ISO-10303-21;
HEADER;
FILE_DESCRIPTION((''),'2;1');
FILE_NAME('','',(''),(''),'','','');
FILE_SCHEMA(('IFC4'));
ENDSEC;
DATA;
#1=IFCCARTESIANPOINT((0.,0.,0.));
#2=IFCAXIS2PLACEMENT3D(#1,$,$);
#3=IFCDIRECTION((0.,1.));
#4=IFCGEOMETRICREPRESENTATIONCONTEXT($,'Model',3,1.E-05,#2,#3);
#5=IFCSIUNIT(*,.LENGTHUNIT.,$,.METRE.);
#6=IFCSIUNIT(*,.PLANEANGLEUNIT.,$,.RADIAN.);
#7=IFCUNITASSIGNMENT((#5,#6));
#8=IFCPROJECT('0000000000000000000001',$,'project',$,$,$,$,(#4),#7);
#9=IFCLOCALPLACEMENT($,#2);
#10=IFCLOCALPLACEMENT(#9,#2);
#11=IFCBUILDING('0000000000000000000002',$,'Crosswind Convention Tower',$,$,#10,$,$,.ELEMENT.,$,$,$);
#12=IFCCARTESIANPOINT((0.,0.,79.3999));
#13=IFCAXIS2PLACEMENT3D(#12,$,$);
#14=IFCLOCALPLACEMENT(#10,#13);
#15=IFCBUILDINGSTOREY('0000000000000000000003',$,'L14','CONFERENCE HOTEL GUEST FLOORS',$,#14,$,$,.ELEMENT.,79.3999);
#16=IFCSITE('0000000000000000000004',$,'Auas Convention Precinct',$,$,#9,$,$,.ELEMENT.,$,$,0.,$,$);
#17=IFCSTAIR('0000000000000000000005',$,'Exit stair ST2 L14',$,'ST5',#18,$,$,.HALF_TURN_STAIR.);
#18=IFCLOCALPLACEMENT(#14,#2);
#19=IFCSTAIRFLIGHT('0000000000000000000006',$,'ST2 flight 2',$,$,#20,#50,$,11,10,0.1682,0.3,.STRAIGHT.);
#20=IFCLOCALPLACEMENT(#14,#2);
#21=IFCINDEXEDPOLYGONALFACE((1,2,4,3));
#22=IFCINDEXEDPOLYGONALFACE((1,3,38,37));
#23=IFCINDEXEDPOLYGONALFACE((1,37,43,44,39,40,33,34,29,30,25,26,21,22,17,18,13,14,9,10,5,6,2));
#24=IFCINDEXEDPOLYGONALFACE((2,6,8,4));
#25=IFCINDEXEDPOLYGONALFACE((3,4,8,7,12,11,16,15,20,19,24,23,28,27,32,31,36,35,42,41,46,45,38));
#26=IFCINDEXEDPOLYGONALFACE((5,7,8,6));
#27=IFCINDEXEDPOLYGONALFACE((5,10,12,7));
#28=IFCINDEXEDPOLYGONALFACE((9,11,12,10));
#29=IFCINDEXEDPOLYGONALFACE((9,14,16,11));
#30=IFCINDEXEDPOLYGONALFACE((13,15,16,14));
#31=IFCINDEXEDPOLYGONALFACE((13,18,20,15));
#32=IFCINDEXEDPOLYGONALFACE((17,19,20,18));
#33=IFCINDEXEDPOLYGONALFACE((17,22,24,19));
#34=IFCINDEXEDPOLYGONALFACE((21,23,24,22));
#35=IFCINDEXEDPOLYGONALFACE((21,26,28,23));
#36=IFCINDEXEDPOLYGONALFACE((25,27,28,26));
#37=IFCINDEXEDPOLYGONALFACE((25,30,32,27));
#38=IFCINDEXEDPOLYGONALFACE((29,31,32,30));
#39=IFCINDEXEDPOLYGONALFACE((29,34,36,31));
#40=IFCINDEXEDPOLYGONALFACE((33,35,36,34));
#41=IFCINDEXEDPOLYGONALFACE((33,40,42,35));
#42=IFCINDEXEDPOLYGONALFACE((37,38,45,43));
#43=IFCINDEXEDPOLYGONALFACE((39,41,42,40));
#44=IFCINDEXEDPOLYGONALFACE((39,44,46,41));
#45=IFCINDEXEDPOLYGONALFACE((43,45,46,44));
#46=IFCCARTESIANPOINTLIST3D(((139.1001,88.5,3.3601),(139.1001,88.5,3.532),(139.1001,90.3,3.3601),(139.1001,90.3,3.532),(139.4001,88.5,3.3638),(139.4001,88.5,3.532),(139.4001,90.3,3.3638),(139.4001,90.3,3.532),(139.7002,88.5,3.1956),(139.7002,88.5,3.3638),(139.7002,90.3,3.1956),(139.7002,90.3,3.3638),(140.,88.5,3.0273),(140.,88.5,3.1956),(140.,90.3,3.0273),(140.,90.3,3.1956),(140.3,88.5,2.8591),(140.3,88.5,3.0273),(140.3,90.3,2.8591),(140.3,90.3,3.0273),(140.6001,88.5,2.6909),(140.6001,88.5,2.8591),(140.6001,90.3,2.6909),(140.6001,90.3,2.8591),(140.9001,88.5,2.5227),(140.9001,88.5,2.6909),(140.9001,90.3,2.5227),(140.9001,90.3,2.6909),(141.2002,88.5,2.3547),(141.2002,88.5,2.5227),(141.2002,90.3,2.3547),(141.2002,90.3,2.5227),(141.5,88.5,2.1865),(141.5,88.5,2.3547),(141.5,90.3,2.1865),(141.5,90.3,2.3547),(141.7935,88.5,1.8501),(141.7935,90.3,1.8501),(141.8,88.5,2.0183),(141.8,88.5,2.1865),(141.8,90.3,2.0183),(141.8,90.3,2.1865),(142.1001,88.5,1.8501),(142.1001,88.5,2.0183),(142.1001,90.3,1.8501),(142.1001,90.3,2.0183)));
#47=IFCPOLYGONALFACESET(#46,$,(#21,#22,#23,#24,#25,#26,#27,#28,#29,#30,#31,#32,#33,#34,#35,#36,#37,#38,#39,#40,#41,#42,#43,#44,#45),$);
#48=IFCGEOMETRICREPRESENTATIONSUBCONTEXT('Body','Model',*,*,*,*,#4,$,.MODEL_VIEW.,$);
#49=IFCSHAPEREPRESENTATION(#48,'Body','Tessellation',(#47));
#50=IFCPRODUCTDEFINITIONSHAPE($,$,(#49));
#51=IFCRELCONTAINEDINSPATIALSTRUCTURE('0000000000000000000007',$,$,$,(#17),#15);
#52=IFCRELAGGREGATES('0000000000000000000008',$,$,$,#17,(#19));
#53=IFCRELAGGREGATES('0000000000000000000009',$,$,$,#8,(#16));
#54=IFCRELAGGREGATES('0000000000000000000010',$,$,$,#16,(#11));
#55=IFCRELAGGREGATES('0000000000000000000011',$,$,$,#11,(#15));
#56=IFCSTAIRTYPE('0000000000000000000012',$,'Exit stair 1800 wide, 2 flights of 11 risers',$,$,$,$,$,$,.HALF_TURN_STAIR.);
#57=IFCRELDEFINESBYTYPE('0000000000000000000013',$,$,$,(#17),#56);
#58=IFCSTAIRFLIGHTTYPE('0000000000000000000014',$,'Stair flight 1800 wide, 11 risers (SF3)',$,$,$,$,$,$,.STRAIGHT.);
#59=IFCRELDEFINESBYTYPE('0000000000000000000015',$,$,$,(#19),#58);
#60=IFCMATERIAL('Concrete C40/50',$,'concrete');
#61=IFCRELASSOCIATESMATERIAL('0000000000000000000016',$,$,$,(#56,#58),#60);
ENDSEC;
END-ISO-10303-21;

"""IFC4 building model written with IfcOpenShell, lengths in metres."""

from ifc_helpers import new_model, si_unit, direction, frame, origin, place, context, subcontext, project, spatial, polyline, outline, extrude, material, type_object, element, aggregate, save


model = new_model("IFC4")

# Units and contexts
model_context = context("Model", 3, precision=1e-05, world=origin(), true_north=direction((0.0, 1.0)))
body_context = subcontext(model_context, "Body", "Model", "MODEL_VIEW")
ifc_project = project(units=[si_unit("LENGTHUNIT", "METRE"), si_unit("PLANEANGLEUNIT", "RADIAN")], contexts=[model_context])

# Site, building, storey
site_placement = place(None, origin())
site = spatial("IfcSite", under=ifc_project, at=site_placement, Name="Auas Convention Precinct", CompositionType="ELEMENT", RefElevation=0.0)
building_placement = place(site_placement, origin())
building = spatial("IfcBuilding", under=site, at=building_placement, Name="Crosswind Convention Tower", CompositionType="ELEMENT")
storey_placement = place(building_placement, frame((0.0, 0.0, 79.3999)))
storey = spatial("IfcBuildingStorey", under=building, at=storey_placement, Name="L14", Description="CONFERENCE HOTEL GUEST FLOORS", CompositionType="ELEMENT", Elevation=79.3999)

# Stair, stair flight
ifc_material_1 = material(Name="Concrete C40/50", Category="concrete")
stair_type = type_object("IfcStairType", Name="Exit stair 1800 wide, 2 flights of 11 risers", PredefinedType="HALF_TURN_STAIR", material=ifc_material_1)
stair_placement = place(storey_placement, origin())
stair = element("IfcStair", 1, at=stair_placement, inside=storey, type_object=stair_type, Name="Exit stair ST2 L14", ObjectType="ST5", PredefinedType="HALF_TURN_STAIR")
stair_flight_type = type_object("IfcStairFlightType", Name="Stair flight 1800 wide, 11 risers (SF3)", PredefinedType="STRAIGHT", material=ifc_material_1)
stair_flight_1_placement = place(storey_placement, frame((142.1001, 89.3999, 1.8501), z_axis=(0.0, 0.0, 1.0), x_axis=(-1.0, 0.0, 0.0)))
stair_flight_1 = element("IfcStairFlight", 2, at=stair_flight_1_placement, type_object=stair_flight_type, Name="ST2 flight 2", NumberOfRisers=11, NumberOfTreads=10, PredefinedType="STRAIGHT", RiserHeight=0.1682, TreadLength=0.3, context=body_context, shape_type="SweptSolid", body=[
    extrude(outline(polyline([(0.0, 0.0), (0.0, 0.1682), (0.3, 0.1682), (0.3, 0.3364), (0.6001, 0.3364), (0.6001, 0.5046), (0.8999, 0.5046), (0.8999, 0.6726), (1.2, 0.6726), (1.2, 0.8408), (1.5, 0.8408), (1.5, 1.009), (1.8, 1.009), (1.8, 1.1772), (2.1001, 1.1772), (2.1001, 1.3455), (2.3999, 1.3455), (2.3999, 1.5137), (2.7, 1.5137), (2.7, 1.6819), (3.0, 1.6819), (3.0, 1.8501), (3.0, 1.51), (0.3066, 0.0), (0.0, 0.0)])), frame((0.0, 0.8999, 0.0), z_axis=(0.0, -1.0, 0.0), x_axis=(1.0, 0.0, 0.0)), (0.0, 0.0, 1.0), 1.8),
])
aggregate(stair, [stair_flight_1])

save(model, "model.ifc")
